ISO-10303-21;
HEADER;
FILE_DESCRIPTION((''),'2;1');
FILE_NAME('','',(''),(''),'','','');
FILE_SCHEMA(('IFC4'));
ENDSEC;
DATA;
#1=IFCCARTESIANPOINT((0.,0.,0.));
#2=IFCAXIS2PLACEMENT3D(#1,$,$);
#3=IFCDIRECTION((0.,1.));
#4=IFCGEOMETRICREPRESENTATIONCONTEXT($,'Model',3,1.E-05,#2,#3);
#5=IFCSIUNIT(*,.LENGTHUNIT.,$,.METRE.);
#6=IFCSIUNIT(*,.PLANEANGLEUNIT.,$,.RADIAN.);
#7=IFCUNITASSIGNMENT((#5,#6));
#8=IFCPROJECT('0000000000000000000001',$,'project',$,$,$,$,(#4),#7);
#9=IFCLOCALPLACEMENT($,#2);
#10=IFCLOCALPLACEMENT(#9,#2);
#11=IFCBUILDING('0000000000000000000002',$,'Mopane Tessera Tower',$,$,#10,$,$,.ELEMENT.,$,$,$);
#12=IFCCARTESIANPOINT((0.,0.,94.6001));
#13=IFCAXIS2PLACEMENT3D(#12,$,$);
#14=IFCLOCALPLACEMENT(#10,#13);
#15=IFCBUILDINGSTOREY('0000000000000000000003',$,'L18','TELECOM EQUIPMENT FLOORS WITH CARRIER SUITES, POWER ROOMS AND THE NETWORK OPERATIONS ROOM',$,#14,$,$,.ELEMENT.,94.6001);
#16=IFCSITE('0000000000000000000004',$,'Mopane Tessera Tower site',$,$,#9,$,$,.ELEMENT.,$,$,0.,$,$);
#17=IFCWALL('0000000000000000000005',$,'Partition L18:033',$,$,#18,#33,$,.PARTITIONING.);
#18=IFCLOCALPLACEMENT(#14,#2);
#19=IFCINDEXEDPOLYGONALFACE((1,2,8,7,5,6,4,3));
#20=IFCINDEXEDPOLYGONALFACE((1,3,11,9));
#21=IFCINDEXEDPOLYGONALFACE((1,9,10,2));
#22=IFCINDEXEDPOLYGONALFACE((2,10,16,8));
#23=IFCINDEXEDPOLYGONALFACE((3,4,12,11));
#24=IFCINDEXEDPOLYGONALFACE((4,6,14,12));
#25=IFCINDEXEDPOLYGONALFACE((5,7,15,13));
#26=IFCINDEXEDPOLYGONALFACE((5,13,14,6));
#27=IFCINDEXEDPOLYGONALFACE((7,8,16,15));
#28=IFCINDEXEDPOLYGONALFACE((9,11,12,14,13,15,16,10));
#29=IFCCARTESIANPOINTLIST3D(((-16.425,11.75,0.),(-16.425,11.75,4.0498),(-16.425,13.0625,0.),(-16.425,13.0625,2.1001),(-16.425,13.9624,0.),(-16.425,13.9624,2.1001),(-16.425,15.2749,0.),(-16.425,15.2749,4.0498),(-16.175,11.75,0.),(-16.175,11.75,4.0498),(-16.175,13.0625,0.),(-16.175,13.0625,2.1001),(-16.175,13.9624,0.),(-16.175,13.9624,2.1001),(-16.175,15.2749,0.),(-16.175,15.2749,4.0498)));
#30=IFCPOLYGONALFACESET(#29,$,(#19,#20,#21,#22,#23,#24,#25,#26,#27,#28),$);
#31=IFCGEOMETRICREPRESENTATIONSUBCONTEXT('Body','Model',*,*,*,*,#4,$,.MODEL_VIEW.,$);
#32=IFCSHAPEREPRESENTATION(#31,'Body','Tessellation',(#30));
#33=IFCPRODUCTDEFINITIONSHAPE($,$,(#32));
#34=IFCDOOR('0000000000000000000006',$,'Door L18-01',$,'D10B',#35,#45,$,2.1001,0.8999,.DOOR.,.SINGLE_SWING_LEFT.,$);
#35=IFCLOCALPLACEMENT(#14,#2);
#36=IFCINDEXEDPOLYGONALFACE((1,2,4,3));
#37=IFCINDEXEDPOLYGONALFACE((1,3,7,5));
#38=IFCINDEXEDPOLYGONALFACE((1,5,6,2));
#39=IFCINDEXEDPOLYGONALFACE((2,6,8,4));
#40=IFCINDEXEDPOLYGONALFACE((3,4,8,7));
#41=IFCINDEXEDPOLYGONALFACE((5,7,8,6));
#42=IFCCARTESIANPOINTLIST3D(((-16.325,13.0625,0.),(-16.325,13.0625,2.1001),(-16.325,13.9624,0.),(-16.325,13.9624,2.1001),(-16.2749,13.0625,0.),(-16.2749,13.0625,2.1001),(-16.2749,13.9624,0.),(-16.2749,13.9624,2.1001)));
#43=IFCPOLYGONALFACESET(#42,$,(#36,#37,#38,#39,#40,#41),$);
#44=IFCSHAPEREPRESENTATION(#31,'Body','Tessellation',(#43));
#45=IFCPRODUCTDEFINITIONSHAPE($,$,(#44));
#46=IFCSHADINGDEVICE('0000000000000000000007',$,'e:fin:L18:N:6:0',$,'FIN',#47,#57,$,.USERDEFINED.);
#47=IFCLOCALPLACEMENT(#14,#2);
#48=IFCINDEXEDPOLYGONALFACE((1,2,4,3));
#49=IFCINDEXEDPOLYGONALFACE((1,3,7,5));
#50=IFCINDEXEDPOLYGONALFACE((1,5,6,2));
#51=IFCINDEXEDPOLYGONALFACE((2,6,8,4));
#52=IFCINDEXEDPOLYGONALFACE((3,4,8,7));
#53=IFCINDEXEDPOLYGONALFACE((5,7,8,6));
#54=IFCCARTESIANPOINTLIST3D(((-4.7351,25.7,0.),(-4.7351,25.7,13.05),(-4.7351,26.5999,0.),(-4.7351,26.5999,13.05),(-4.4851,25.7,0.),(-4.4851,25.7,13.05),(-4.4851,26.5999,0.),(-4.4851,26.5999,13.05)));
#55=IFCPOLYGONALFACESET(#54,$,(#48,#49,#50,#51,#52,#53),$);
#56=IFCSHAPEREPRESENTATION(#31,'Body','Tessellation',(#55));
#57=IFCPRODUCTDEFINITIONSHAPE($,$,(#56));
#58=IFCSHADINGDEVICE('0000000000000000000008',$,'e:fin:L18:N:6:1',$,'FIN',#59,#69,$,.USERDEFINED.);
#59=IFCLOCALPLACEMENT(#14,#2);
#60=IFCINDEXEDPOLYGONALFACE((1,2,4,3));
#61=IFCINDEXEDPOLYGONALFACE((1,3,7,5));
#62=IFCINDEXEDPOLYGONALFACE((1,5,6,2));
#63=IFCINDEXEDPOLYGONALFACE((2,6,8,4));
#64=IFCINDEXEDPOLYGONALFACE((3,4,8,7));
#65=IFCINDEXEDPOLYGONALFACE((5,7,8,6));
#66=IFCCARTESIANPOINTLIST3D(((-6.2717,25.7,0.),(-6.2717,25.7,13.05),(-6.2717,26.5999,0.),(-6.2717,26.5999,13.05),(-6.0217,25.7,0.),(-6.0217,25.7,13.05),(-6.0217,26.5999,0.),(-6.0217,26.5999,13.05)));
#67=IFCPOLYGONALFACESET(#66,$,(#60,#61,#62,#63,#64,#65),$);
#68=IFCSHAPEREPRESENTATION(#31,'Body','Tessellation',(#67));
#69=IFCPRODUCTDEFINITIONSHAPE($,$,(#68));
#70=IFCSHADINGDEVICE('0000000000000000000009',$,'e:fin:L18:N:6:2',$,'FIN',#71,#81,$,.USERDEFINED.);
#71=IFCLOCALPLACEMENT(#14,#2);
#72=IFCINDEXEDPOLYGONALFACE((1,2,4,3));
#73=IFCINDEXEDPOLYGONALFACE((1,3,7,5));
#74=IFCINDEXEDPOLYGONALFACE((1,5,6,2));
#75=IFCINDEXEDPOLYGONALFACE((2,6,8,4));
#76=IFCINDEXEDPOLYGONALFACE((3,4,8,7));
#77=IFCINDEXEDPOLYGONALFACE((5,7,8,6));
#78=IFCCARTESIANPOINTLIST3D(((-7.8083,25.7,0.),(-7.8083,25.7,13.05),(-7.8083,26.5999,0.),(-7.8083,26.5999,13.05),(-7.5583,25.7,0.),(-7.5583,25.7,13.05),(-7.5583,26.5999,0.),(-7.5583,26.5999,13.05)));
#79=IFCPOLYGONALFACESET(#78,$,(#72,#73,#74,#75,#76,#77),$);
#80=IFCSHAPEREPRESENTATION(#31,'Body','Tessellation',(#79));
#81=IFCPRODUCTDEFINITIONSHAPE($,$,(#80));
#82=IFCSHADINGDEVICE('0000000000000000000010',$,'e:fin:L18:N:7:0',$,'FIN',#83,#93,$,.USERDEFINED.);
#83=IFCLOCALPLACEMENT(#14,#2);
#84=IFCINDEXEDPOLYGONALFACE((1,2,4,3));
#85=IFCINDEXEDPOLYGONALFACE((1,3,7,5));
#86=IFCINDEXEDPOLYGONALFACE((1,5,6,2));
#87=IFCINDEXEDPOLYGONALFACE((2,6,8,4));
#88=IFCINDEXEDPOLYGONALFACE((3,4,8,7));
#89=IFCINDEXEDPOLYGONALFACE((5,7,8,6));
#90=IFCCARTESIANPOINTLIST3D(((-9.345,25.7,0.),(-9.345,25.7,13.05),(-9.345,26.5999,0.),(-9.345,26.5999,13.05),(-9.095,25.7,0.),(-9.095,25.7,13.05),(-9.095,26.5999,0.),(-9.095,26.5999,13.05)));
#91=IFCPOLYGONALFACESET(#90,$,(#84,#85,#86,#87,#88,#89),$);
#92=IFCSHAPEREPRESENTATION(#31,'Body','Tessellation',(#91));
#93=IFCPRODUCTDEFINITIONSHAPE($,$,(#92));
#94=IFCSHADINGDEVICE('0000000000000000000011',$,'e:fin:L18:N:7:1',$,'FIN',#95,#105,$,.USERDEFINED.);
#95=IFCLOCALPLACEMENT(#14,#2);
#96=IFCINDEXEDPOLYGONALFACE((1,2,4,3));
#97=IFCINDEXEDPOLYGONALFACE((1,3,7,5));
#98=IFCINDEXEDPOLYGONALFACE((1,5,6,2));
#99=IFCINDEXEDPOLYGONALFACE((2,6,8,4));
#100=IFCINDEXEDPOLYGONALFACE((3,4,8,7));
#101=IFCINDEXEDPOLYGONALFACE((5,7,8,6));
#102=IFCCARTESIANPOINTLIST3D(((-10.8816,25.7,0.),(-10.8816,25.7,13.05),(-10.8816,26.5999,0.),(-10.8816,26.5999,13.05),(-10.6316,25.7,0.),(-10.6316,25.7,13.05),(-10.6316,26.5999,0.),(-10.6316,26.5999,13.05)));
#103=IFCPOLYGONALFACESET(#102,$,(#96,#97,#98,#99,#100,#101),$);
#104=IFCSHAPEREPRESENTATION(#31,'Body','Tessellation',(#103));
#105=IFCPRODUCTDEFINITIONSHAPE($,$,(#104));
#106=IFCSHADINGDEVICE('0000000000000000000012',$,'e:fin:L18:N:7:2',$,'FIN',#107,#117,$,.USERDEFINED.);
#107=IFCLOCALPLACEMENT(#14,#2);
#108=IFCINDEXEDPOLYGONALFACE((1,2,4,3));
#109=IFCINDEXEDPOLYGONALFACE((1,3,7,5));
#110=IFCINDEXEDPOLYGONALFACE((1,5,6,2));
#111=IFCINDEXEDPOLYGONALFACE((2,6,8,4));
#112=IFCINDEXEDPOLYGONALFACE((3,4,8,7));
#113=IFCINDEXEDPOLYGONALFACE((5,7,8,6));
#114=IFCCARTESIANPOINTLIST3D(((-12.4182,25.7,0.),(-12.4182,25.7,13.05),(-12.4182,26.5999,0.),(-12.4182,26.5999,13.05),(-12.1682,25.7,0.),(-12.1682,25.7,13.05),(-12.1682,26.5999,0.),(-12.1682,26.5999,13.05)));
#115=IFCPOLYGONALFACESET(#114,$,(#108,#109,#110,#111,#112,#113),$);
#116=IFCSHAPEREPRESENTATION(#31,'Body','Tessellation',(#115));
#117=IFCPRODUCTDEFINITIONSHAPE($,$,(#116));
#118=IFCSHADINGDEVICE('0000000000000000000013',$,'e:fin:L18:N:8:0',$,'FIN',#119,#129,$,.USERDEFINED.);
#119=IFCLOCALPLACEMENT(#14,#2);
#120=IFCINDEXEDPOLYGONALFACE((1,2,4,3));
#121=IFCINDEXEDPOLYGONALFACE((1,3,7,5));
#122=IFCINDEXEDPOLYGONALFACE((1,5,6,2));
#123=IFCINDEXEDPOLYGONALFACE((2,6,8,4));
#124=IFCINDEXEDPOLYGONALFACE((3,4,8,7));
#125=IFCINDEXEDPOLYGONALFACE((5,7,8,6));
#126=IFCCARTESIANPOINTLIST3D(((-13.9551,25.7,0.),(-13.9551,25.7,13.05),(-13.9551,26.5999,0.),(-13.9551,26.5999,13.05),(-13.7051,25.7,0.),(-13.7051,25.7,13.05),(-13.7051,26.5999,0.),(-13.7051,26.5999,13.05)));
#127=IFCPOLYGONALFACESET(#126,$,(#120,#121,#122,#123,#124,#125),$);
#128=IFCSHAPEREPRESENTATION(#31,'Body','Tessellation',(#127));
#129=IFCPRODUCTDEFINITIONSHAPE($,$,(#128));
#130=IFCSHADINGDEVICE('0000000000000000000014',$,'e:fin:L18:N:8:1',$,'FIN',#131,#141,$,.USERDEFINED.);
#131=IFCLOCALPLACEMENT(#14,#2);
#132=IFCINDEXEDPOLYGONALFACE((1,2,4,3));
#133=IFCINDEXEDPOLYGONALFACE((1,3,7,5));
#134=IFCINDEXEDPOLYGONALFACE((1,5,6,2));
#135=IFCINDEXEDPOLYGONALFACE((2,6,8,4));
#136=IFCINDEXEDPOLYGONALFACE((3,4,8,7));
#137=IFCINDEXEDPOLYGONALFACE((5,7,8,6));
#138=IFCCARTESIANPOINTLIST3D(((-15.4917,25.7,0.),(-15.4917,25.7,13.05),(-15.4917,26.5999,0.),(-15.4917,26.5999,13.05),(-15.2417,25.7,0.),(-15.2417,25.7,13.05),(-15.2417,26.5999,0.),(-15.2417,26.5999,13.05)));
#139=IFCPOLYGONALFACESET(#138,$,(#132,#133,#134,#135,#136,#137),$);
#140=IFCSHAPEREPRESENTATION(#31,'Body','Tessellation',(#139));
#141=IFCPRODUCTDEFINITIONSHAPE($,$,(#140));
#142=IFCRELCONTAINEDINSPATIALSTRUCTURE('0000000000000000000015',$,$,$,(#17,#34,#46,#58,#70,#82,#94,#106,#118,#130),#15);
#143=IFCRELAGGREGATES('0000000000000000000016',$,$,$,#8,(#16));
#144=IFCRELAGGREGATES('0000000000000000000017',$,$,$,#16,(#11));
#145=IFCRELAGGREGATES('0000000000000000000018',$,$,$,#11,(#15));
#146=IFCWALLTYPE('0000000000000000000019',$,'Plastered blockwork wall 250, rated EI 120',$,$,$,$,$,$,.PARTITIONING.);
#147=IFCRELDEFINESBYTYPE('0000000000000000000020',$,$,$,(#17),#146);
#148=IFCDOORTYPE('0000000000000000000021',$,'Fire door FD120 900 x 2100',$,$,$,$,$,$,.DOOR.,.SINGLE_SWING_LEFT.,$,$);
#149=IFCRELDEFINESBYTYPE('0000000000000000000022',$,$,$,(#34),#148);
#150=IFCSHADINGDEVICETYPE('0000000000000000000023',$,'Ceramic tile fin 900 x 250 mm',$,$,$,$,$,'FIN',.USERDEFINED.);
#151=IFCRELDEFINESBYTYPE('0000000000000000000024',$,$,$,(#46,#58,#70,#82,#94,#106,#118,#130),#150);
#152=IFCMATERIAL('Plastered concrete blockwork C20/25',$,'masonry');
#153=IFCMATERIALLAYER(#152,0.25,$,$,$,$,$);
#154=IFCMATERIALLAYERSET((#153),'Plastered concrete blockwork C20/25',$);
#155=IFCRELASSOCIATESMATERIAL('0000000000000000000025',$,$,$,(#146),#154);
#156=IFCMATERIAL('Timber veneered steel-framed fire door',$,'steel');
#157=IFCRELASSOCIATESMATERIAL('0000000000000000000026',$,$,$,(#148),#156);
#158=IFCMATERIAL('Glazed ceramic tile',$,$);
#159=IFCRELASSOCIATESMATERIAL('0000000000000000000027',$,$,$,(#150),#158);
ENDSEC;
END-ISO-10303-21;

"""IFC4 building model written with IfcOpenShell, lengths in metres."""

from ifc_helpers import new_model, si_unit, direction, frame, frame_2d, origin, origin_2d, place, context, subcontext, project, spatial, rectangle, extrude, material, layer, layer_set, type_object, element, fill, save


model = new_model("IFC4")

# Units and contexts
model_context = context("Model", 3, precision=1e-05, world=origin(), true_north=direction((0.0, 1.0)))
body_context = subcontext(model_context, "Body", "Model", "MODEL_VIEW")
ifc_project = project(units=[si_unit("LENGTHUNIT", "METRE"), si_unit("PLANEANGLEUNIT", "RADIAN")], contexts=[model_context])

# Site, building, storey
site_placement = place(None, origin())
site = spatial("IfcSite", under=ifc_project, at=site_placement, Name="Mopane Tessera Tower site", CompositionType="ELEMENT", RefElevation=0.0)
building_placement = place(site_placement, origin())
building = spatial("IfcBuilding", under=site, at=building_placement, Name="Mopane Tessera Tower", CompositionType="ELEMENT")
storey_placement = place(building_placement, frame((0.0, 0.0, 94.6001)))
storey = spatial("IfcBuildingStorey", under=building, at=storey_placement, Name="L18", Description="TELECOM EQUIPMENT FLOORS WITH CARRIER SUITES, POWER ROOMS AND THE NETWORK OPERATIONS ROOM", CompositionType="ELEMENT", Elevation=94.6001)

# Shared definitions
ifc_material_1 = material(Name="Plastered concrete blockwork C20/25", Category="masonry")
ifc_layer_1 = layer(ifc_material_1, 0.25)
ifc_layer_set_1 = layer_set([ifc_layer_1], Name="Plastered concrete blockwork C20/25")
wall_type_1 = type_object("IfcWallType", Name="Plastered blockwork wall 250, rated EI 120", PredefinedType="PARTITIONING", material=ifc_layer_set_1)

# Wall, opening, door
wall_1_placement = place(storey_placement, frame((-16.3, 11.75, 0.0), z_axis=(0.0, 0.0, 1.0), x_axis=(0.0, 1.0, 0.0)))
wall_1 = element("IfcWall", 1, at=wall_1_placement, inside=storey, type_object=wall_type_1, Name="Partition L18:033", PredefinedType="PARTITIONING", context=body_context, shape_type="SweptSolid", body=[
    extrude(rectangle(XDim=3.5249, YDim=0.25, at=frame_2d((1.7625, 0.0))), origin(), (0.0, 0.0, 1.0), 4.0498),
])
opening_1_placement = place(wall_1_placement, frame((1.3125, 0.0, 0.0)))
opening_1 = element("IfcOpeningElement", 2, at=opening_1_placement, cuts=wall_1, PredefinedType="OPENING", context=body_context, shape_type="SweptSolid", body=[
    extrude(rectangle(XDim=0.8999, YDim=2.1001, at=frame_2d((0.45, 1.05))), frame((0.0, 0.137, 0.0), z_axis=(0.0, -1.0, 0.0), x_axis=(1.0, 0.0, 0.0)), (0.0, 0.0, 1.0), 0.2739),
])
ifc_material_2 = material(Name="Timber veneered steel-framed fire door", Category="steel")
door_type_1 = type_object("IfcDoorType", Name="Fire door FD120 900 x 2100", OperationType="SINGLE_SWING_LEFT", PredefinedType="DOOR", material=ifc_material_2)
door_1_placement = place(opening_1_placement, origin())
door_1 = element("IfcDoor", 3, at=door_1_placement, inside=storey, type_object=door_type_1, Name="Door L18-01", ObjectType="D10B", OperationType="SINGLE_SWING_LEFT", OverallHeight=2.1001, OverallWidth=0.8999, PredefinedType="DOOR", context=body_context, shape_type="SweptSolid", body=[
    extrude(rectangle(XDim=0.8999, YDim=2.1001, at=frame_2d((0.45, 1.05))), frame((0.0, 0.0249, 0.0), z_axis=(0.0, -1.0, 0.0), x_axis=(1.0, 0.0, 0.0)), (0.0, 0.0, 1.0), 0.05),
])
fill(opening_1, door_1)

# Shading devices
ifc_material_3 = material(Name="Glazed ceramic tile")
shading_device_type = type_object("IfcShadingDeviceType", Name="Ceramic tile fin 900 x 250 mm", ElementType="FIN", PredefinedType="USERDEFINED", material=ifc_material_3)
for number, where, z_axis, x_axis, name in (
    (4, (-4.6101, 26.1499, 0.0), (0.0, 0.0, 1.0), (-1.0, 0.0, 0.0), "e:fin:L18:N:6:0"),
    (5, (-6.1467, 26.1499, 0.0), (0.0, 0.0, 1.0), (-1.0, 0.0, 0.0), "e:fin:L18:N:6:1"),
    (6, (-7.6833, 26.1499, 0.0), (0.0, 0.0, 1.0), (-1.0, 0.0, 0.0), "e:fin:L18:N:6:2"),
    (7, (-9.22, 26.1499, 0.0), (0.0, 0.0, 1.0), (-1.0, 0.0, 0.0), "e:fin:L18:N:7:0"),
    (8, (-10.7566, 26.1499, 0.0), (0.0, 0.0, 1.0), (-1.0, 0.0, 0.0), "e:fin:L18:N:7:1"),
    (9, (-12.2932, 26.1499, 0.0), (0.0, 0.0, 1.0), (-1.0, 0.0, 0.0), "e:fin:L18:N:7:2"),
    (10, (-13.8301, 26.1499, 0.0), (0.0, 0.0, 1.0), (-1.0, 0.0, 0.0), "e:fin:L18:N:8:0"),
    (11, (-15.3667, 26.1499, 0.0), (0.0, 0.0, 1.0), (-1.0, 0.0, 0.0), "e:fin:L18:N:8:1"),
):
    element("IfcShadingDevice", number, at=place(storey_placement, frame(where, z_axis=z_axis, x_axis=x_axis)), inside=storey, type_object=shading_device_type, Name=name, ObjectType="FIN", PredefinedType="USERDEFINED", context=body_context, shape_type="SweptSolid", body=[
        extrude(rectangle(XDim=0.25, YDim=0.8999, at=origin_2d()), origin(), (0.0, 0.0, 1.0), 13.05),
    ])

save(model, "model.ifc")
